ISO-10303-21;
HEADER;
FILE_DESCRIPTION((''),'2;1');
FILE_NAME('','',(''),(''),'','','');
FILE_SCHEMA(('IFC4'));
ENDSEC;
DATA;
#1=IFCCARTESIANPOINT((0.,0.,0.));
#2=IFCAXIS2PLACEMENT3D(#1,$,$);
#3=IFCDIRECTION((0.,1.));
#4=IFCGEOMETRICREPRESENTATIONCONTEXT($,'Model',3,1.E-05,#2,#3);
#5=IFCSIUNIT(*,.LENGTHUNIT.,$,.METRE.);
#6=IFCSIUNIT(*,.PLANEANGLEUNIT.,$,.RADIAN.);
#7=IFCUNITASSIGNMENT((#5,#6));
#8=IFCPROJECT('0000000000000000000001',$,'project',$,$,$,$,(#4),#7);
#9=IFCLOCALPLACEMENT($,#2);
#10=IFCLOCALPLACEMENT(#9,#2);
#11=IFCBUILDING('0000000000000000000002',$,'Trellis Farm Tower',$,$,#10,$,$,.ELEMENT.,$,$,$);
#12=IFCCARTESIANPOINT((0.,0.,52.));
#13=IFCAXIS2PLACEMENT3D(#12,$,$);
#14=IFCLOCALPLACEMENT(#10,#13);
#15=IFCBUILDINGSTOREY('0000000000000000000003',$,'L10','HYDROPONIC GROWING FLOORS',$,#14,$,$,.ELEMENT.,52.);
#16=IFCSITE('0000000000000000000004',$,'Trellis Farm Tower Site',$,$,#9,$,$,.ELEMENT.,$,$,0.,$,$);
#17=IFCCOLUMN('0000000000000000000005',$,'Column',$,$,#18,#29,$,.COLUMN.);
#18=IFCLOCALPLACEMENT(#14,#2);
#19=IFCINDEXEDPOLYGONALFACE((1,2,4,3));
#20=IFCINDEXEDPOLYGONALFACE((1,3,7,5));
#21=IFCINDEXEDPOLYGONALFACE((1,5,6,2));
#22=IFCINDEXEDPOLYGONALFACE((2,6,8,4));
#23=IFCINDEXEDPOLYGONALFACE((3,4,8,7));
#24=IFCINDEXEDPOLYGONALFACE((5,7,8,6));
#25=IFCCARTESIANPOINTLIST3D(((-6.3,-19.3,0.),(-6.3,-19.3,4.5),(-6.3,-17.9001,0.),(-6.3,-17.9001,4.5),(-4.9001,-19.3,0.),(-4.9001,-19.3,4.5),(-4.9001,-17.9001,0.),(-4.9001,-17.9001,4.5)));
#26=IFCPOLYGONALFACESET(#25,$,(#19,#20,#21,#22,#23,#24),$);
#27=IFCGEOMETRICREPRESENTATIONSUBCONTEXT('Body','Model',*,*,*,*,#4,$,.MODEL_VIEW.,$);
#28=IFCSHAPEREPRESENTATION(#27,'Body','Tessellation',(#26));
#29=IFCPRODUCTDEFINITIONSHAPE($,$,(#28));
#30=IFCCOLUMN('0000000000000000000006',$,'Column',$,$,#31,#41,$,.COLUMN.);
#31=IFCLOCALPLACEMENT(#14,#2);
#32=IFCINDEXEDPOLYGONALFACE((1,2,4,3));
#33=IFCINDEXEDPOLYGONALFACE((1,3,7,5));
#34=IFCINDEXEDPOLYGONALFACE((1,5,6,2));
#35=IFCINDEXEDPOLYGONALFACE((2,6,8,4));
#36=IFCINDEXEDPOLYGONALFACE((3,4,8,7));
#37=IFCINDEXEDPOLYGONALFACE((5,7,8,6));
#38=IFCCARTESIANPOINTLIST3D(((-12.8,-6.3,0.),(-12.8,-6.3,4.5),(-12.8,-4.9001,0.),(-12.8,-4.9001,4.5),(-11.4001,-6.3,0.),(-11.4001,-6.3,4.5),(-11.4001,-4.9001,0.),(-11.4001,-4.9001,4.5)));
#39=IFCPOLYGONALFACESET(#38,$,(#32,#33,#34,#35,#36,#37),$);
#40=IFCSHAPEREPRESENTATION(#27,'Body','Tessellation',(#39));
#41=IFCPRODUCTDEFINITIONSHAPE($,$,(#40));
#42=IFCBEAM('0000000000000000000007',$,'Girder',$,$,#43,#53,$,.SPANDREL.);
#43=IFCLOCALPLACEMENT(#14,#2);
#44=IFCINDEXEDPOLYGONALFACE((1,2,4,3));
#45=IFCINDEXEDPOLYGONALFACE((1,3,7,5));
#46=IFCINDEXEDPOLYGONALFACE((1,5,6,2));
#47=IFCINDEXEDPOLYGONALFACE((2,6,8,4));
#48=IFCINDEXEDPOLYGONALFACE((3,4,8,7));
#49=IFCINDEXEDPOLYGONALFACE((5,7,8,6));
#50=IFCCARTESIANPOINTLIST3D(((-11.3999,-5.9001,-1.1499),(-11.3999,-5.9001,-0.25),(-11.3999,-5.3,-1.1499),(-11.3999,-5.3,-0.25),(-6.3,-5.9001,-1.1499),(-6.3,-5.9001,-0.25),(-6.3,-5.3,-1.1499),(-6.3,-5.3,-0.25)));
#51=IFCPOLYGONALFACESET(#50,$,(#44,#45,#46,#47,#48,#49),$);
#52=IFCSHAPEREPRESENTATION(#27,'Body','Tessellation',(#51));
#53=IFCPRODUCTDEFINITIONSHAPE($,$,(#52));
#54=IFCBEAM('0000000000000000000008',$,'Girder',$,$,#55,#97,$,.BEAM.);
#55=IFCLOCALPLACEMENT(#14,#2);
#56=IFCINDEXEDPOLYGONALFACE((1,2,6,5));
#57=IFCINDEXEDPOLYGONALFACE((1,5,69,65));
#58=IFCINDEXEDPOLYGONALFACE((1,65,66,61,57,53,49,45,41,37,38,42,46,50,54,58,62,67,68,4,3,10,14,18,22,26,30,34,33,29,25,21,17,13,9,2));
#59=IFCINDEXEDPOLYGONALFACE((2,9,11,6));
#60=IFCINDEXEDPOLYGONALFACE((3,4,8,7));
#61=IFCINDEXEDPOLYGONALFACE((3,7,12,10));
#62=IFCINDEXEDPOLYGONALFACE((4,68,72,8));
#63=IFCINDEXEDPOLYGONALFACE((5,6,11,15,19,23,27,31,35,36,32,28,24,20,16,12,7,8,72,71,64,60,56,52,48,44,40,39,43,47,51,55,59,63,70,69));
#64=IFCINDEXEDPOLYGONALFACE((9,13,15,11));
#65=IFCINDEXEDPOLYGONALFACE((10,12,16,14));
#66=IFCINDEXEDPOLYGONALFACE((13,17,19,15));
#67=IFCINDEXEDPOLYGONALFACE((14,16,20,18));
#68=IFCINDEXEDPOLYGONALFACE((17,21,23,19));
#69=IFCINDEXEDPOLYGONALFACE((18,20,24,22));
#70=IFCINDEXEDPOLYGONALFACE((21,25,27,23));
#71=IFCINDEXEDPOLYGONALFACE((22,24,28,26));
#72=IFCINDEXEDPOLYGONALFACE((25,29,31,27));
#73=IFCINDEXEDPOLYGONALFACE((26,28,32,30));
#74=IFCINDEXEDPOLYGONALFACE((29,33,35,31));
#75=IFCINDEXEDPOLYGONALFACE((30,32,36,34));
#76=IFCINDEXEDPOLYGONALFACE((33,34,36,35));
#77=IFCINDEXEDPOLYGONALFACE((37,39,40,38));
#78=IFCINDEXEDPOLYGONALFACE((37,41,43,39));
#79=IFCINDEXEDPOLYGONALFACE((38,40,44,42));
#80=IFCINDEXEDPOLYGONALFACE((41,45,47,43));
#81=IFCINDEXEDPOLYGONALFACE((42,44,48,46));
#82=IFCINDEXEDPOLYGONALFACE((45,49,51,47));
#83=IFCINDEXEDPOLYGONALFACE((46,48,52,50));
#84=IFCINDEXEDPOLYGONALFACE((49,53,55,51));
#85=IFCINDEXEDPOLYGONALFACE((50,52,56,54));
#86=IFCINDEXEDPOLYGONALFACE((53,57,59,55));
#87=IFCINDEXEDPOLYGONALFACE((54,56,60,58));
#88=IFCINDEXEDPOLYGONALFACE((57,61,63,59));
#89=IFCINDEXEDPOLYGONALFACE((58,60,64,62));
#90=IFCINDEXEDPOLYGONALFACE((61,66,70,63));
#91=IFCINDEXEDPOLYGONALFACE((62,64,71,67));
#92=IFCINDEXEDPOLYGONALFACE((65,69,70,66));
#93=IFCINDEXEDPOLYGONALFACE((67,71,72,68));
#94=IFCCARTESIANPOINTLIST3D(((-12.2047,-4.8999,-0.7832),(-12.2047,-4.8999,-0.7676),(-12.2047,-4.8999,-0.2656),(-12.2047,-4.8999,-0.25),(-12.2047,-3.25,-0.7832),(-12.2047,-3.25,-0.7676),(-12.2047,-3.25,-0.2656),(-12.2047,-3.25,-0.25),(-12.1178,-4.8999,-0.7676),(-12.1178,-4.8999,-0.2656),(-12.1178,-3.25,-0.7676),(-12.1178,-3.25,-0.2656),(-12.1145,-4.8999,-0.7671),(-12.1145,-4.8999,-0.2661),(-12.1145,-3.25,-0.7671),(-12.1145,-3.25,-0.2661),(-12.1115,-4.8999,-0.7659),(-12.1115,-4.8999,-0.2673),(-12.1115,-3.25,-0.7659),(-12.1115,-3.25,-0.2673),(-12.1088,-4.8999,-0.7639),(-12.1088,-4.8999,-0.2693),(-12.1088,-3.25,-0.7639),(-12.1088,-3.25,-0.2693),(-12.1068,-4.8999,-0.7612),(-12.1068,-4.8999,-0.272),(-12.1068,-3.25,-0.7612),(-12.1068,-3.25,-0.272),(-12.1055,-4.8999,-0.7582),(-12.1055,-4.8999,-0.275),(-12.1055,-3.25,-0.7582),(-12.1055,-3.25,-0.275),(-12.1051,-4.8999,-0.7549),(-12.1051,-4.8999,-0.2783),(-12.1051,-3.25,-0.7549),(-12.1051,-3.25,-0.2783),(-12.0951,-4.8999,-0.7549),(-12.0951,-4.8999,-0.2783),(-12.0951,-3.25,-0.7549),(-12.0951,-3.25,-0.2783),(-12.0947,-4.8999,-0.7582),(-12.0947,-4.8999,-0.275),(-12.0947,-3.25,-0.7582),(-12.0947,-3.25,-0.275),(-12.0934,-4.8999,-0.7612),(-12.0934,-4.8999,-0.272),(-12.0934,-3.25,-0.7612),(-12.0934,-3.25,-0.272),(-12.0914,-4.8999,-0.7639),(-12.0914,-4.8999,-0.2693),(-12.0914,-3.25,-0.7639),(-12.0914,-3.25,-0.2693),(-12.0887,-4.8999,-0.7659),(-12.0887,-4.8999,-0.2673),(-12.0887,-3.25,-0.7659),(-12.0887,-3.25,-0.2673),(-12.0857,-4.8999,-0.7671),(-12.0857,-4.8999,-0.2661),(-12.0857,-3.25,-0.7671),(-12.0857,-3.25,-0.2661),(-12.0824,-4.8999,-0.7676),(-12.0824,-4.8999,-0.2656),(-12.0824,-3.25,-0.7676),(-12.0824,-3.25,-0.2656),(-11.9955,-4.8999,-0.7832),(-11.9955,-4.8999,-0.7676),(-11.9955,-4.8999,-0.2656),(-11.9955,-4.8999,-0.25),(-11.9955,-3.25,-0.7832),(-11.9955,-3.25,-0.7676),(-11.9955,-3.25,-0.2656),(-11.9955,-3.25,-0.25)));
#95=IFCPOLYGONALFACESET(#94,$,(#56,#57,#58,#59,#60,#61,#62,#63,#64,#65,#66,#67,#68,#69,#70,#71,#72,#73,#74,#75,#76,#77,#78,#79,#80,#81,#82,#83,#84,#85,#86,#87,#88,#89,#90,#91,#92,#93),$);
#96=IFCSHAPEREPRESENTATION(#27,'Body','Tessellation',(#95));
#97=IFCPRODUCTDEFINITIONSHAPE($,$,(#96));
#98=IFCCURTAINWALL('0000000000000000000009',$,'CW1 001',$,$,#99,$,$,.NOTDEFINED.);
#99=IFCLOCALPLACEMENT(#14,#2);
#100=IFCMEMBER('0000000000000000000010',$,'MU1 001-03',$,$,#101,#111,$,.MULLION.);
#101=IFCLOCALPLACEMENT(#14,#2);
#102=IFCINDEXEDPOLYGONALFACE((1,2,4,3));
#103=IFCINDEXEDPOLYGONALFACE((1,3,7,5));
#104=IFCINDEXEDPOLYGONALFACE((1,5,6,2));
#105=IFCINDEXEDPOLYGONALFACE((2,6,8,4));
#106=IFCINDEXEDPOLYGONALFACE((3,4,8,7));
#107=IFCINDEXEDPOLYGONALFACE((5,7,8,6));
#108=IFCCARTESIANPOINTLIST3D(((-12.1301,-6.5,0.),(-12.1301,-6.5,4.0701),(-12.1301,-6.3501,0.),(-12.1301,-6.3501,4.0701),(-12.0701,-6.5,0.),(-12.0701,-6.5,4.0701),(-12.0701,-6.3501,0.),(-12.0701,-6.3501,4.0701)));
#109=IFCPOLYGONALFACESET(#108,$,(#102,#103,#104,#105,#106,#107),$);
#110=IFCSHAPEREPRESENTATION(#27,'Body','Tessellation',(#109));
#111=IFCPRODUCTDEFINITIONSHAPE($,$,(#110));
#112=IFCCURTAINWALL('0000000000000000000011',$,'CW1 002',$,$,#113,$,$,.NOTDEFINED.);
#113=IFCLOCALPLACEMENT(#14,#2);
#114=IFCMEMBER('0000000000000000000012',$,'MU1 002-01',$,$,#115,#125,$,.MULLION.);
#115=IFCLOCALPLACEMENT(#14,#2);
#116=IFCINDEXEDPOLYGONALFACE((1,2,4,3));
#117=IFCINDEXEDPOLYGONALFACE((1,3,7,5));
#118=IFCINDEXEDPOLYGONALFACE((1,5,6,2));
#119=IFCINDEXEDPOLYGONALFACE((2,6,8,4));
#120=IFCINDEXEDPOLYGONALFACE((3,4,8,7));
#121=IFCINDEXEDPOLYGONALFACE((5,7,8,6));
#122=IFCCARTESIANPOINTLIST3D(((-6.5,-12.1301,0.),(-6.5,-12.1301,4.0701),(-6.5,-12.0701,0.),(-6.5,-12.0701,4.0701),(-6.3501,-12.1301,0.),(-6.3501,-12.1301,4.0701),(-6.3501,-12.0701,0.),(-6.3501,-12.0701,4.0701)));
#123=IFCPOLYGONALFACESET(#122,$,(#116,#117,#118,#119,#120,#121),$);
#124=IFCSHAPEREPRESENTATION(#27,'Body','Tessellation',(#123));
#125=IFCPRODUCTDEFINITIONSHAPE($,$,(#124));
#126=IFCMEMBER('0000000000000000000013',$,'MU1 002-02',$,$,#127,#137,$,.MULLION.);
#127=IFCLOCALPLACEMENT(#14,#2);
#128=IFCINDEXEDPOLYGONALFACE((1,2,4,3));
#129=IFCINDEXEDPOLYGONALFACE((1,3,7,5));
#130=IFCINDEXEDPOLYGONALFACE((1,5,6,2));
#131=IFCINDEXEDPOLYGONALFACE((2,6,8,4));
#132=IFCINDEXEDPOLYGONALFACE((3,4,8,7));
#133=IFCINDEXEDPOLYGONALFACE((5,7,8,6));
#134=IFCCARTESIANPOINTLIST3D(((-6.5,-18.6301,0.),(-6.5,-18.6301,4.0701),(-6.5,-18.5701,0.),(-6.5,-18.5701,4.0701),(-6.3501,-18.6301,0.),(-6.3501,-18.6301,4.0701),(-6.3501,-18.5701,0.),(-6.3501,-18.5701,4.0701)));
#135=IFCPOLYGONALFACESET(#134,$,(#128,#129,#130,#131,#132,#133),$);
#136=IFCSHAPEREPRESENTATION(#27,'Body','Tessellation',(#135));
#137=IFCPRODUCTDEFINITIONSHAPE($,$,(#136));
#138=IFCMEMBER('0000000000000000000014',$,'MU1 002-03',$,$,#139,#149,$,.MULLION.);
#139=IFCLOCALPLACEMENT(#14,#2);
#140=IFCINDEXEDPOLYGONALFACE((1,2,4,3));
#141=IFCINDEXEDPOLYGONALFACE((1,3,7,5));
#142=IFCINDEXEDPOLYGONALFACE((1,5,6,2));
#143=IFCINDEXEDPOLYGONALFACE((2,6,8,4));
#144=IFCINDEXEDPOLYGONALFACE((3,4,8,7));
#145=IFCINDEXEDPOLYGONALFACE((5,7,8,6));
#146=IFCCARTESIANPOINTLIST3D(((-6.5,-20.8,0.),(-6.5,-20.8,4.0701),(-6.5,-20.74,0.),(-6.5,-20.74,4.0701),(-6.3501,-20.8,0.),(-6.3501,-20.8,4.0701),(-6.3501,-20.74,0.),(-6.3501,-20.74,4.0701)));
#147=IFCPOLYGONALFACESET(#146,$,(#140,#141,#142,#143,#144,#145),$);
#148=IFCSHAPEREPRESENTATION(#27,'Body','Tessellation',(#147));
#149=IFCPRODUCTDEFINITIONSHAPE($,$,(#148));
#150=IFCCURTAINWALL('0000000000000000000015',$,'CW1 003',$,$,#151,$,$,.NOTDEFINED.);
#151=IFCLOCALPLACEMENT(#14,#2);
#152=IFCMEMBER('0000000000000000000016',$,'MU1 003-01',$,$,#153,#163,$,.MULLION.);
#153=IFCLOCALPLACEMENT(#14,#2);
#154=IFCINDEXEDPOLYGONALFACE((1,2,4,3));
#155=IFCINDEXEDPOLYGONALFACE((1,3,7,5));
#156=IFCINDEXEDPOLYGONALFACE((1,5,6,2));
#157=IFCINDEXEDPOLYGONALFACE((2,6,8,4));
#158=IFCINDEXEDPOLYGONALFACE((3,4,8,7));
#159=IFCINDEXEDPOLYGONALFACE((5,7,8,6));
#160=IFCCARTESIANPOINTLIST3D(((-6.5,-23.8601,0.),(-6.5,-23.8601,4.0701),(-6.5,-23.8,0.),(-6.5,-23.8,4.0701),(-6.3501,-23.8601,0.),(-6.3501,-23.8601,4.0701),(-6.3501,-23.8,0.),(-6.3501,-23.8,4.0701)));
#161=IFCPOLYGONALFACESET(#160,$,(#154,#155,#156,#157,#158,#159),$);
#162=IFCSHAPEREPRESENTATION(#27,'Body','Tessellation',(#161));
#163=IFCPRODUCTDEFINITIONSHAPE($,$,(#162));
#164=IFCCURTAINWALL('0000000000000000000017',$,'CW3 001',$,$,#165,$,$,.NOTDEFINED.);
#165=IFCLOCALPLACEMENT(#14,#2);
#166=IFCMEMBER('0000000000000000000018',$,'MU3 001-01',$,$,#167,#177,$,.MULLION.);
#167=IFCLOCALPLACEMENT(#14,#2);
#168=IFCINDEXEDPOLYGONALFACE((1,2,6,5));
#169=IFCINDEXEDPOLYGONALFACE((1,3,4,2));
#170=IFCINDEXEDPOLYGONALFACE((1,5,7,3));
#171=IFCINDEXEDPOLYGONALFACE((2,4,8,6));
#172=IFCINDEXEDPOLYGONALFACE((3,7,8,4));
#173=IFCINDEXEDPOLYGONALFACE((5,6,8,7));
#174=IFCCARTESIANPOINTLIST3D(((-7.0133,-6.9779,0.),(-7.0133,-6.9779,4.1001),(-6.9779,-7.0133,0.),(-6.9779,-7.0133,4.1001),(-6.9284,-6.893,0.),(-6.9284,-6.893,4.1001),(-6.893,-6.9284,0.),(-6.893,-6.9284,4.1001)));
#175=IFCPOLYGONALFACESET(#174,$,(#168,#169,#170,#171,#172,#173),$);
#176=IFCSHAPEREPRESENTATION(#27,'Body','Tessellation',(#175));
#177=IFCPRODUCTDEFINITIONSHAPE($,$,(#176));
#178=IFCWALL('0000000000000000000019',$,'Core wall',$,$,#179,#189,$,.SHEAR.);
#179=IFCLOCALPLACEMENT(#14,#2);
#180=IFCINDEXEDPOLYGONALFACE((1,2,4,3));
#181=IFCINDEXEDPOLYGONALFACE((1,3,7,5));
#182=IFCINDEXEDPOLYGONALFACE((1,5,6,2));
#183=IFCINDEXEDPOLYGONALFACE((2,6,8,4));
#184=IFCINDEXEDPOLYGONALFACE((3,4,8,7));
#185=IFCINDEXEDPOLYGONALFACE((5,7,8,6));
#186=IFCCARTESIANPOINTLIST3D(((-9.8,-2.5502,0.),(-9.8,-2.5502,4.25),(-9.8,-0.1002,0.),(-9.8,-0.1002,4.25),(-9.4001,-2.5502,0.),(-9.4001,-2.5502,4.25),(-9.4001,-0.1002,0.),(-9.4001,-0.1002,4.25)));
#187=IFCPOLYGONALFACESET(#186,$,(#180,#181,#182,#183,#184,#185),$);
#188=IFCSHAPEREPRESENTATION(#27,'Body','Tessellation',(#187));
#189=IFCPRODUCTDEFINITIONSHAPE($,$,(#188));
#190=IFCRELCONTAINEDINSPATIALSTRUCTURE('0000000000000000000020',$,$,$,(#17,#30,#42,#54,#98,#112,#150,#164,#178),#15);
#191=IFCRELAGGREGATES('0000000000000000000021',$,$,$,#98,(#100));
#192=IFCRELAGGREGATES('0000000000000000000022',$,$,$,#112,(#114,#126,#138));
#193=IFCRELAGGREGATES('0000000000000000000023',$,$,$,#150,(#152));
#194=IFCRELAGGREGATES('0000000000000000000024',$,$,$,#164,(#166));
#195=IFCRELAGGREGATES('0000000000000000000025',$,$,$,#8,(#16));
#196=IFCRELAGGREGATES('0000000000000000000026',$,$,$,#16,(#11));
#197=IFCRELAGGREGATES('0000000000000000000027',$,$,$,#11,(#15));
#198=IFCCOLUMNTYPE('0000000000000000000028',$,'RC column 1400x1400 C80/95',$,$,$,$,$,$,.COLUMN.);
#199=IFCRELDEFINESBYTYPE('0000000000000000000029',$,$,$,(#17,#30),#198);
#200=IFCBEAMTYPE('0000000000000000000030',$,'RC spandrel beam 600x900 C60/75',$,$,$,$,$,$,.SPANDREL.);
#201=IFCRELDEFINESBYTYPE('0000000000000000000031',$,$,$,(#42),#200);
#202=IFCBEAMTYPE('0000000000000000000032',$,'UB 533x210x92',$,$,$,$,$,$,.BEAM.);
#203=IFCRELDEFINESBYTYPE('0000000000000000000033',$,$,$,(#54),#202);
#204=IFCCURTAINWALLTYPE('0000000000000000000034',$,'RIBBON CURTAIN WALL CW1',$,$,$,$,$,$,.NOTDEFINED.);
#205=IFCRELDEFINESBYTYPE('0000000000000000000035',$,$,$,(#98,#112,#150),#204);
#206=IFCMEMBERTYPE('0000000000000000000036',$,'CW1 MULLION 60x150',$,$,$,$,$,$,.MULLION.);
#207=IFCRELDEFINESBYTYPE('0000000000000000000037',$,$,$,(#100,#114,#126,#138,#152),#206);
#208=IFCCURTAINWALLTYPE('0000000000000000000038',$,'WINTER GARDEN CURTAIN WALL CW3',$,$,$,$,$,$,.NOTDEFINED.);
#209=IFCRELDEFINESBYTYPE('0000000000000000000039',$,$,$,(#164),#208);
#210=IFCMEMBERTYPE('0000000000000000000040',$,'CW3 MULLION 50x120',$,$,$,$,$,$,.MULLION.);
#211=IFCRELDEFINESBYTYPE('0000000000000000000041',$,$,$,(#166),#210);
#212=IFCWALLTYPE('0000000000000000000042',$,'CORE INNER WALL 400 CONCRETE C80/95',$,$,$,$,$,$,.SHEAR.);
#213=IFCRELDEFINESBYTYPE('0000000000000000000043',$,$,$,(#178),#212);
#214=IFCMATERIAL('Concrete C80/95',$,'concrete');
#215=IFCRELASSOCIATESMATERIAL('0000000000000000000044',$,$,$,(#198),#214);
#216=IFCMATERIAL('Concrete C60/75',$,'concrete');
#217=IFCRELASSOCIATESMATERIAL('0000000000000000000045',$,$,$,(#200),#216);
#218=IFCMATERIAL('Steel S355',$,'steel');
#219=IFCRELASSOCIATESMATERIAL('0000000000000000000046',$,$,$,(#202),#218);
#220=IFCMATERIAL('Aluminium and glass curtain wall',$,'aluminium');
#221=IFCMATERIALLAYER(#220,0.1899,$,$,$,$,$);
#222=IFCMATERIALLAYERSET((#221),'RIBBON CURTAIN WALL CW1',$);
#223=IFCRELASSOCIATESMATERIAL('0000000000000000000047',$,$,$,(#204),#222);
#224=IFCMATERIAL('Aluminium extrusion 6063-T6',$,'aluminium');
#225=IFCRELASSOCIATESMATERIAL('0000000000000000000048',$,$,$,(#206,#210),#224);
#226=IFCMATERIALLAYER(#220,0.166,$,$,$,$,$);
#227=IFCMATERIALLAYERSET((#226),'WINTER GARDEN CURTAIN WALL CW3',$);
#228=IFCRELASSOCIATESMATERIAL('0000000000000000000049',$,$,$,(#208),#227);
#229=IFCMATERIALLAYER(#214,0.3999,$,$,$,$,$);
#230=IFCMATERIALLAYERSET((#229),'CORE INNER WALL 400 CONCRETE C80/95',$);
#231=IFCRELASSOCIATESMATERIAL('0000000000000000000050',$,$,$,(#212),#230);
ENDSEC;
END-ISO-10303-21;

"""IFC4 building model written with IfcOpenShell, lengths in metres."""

from ifc_helpers import new_model, si_unit, direction, frame, frame_2d, origin, origin_2d, place, context, subcontext, project, spatial, rectangle, i_section, extrude, source, transform, mapped, material, layer, layer_set, material_profile, profile_set, type_object, element, aggregate, save


model = new_model("IFC4")

# Units and contexts
model_context = context("Model", 3, precision=1e-05, world=origin(), true_north=direction((0.0, 1.0)))
body_context = subcontext(model_context, "Body", "Model", "MODEL_VIEW")
ifc_project = project(units=[si_unit("LENGTHUNIT", "METRE"), si_unit("PLANEANGLEUNIT", "RADIAN")], contexts=[model_context])

# Site, building, storey
site_placement = place(None, origin())
site = spatial("IfcSite", under=ifc_project, at=site_placement, Name="Trellis Farm Tower Site", CompositionType="ELEMENT", RefElevation=0.0)
building_placement = place(site_placement, origin())
building = spatial("IfcBuilding", under=site, at=building_placement, Name="Trellis Farm Tower", CompositionType="ELEMENT")
storey_placement = place(building_placement, frame((0.0, 0.0, 52.0)))
storey = spatial("IfcBuildingStorey", under=building, at=storey_placement, Name="L10", Description="HYDROPONIC GROWING FLOORS", CompositionType="ELEMENT", Elevation=52.0)

# Columns
ifc_material_1 = material(Name="Concrete C80/95", Category="concrete")
ifc_material_profile_1 = material_profile(ifc_material_1, rectangle(XDim=1.3999, YDim=1.3999, at=origin_2d()), Name="RC column 1400x1400 C80/95")
ifc_profile_set_1 = profile_set([ifc_material_profile_1], Name="Concrete C80/95")
column_type = type_object("IfcColumnType", Name="RC column 1400x1400 C80/95", PredefinedType="COLUMN", material=ifc_profile_set_1)
shared_shape_1 = source(origin(), body_context, "Body", "SweptSolid", [
    extrude(rectangle(XDim=1.3999, YDim=1.3999, at=origin_2d()), origin(), (0.0, 0.0, 1.0), 4.5),
])
for number, where, z_axis, x_axis, name in (
    (1, (-5.6001, -18.6001, 0.0), (0.0, 0.0, 1.0), (1.0, 0.0, 0.0), "Column"),
    (2, (-12.1001, -5.6001, 0.0), (0.0, 0.0, 1.0), (1.0, 0.0, 0.0), "Column"),
):
    element("IfcColumn", number, at=place(storey_placement, frame(where, z_axis=z_axis, x_axis=x_axis)), inside=storey, type_object=column_type, Name=name, PredefinedType="COLUMN", context=body_context, shape_type="MappedRepresentation", body=[
        mapped(shared_shape_1, transform((0.0, 0.0, 0.0))),
    ])

# Beams
ifc_material_2 = material(Name="Concrete C60/75", Category="concrete")
ifc_material_profile_2 = material_profile(ifc_material_2, rectangle(XDim=0.6001, YDim=0.8999, at=origin_2d()), Name="RC spandrel beam 600x900 C60/75")
ifc_profile_set_2 = profile_set([ifc_material_profile_2], Name="Concrete C60/75")
beam_type_1 = type_object("IfcBeamType", Name="RC spandrel beam 600x900 C60/75", PredefinedType="SPANDREL", material=ifc_profile_set_2)
shared_shape_2 = source(origin(), body_context, "Body", "SweptSolid", [
    extrude(rectangle(XDim=0.6001, YDim=0.8999, at=origin_2d()), origin(), (0.0, 0.0, 1.0), 5.0999),
])
beam_1_placement = place(storey_placement, frame((-11.3999, -5.6001, -0.7), z_axis=(1.0, 0.0, 0.0), x_axis=(0.0, 1.0, 0.0)))
element("IfcBeam", 3, at=beam_1_placement, inside=storey, type_object=beam_type_1, Name="Girder", PredefinedType="SPANDREL", context=body_context, shape_type="MappedRepresentation", body=[
    mapped(shared_shape_2, transform((0.0, 0.0, 0.0))),
])
ifc_material_3 = material(Name="Steel S355", Category="steel")
ifc_material_profile_3 = material_profile(ifc_material_3, i_section(OverallWidth=0.2092, OverallDepth=0.5332, WebThickness=0.01, FlangeThickness=0.0156, FilletRadius=0.0127, at=origin_2d()), Name="UB 533x210x92")
ifc_profile_set_3 = profile_set([ifc_material_profile_3], Name="Steel S355")
beam_type_2 = type_object("IfcBeamType", Name="UB 533x210x92", PredefinedType="BEAM", material=ifc_profile_set_3)
shared_shape_3 = source(origin(), body_context, "Body", "SweptSolid", [
    extrude(i_section(OverallWidth=0.2092, OverallDepth=0.5332, WebThickness=0.01, FlangeThickness=0.0156, FilletRadius=0.0127, at=origin_2d()), origin(), (0.0, 0.0, 1.0), 1.6499),
])
beam_2_placement = place(storey_placement, frame((-12.1001, -4.8999, -0.5166), z_axis=(0.0, 1.0, 0.0), x_axis=(-1.0, 0.0, 0.0)))
element("IfcBeam", 4, at=beam_2_placement, inside=storey, type_object=beam_type_2, Name="Girder", PredefinedType="BEAM", context=body_context, shape_type="MappedRepresentation", body=[
    mapped(shared_shape_3, transform((0.0, 0.0, 0.0))),
])

# Curtain wall, member
ifc_material_4 = material(Name="Aluminium and glass curtain wall", Category="aluminium")
ifc_layer_1 = layer(ifc_material_4, 0.1899)
ifc_layer_set_1 = layer_set([ifc_layer_1], Name="RIBBON CURTAIN WALL CW1")
curtain_wall_type_1 = type_object("IfcCurtainWallType", Name="RIBBON CURTAIN WALL CW1", PredefinedType="NOTDEFINED", material=ifc_layer_set_1)
placement = place(storey_placement, origin())
curtain_wall_1 = element("IfcCurtainWall", 5, at=placement, inside=storey, type_object=curtain_wall_type_1, Name="CW1 001", PredefinedType="NOTDEFINED")
ifc_material_5 = material(Name="Aluminium extrusion 6063-T6", Category="aluminium")
ifc_material_profile_4 = material_profile(ifc_material_5, rectangle(XDim=0.0601, YDim=0.1499, at=origin_2d()), Name="MULLION 60x150")
ifc_profile_set_4 = profile_set([ifc_material_profile_4], Name="Aluminium extrusion 6063-T6")
member_type_1 = type_object("IfcMemberType", Name="CW1 MULLION 60x150", PredefinedType="MULLION", material=ifc_profile_set_4)
shared_shape_4 = source(origin(), body_context, "Body", "SweptSolid", [
    extrude(rectangle(XDim=0.0601, YDim=0.1499, at=origin_2d()), origin(), (0.0, 0.0, 1.0), 4.0701),
])
member_1_placement = place(storey_placement, frame((-12.1001, -6.425, 0.0), z_axis=(0.0, 0.0, 1.0), x_axis=(1.0, 0.0, 0.0)))
member_1 = element("IfcMember", 6, at=member_1_placement, type_object=member_type_1, Name="MU1 001-03", PredefinedType="MULLION", context=body_context, shape_type="MappedRepresentation", body=[
    mapped(shared_shape_4, transform((0.0, 0.0, 0.0))),
])
aggregate(curtain_wall_1, [member_1])

# Curtain wall, members
curtain_wall_2 = element("IfcCurtainWall", 7, at=placement, inside=storey, type_object=curtain_wall_type_1, Name="CW1 002", PredefinedType="NOTDEFINED")
member_2_placement = place(storey_placement, frame((-6.425, -12.1001, 0.0), z_axis=(0.0, 0.0, 1.0), x_axis=(0.0, -1.0, 0.0)))
member_2 = element("IfcMember", 8, at=member_2_placement, type_object=member_type_1, Name="MU1 002-01", PredefinedType="MULLION", context=body_context, shape_type="MappedRepresentation", body=[
    mapped(shared_shape_4, transform((0.0, 0.0, 0.0))),
])
member_3_placement = place(storey_placement, frame((-6.425, -18.6001, 0.0), z_axis=(0.0, 0.0, 1.0), x_axis=(0.0, -1.0, 0.0)))
member_3 = element("IfcMember", 9, at=member_3_placement, type_object=member_type_1, Name="MU1 002-02", PredefinedType="MULLION", context=body_context, shape_type="MappedRepresentation", body=[
    mapped(shared_shape_4, transform((0.0, 0.0, 0.0))),
])
member_4_placement = place(storey_placement, frame((-6.425, -20.77, 0.0), z_axis=(0.0, 0.0, 1.0), x_axis=(0.0, -1.0, 0.0)))
member_4 = element("IfcMember", 10, at=member_4_placement, type_object=member_type_1, Name="MU1 002-03", PredefinedType="MULLION", context=body_context, shape_type="MappedRepresentation", body=[
    mapped(shared_shape_4, transform((0.0, 0.0, 0.0))),
])
aggregate(curtain_wall_2, [member_2, member_3, member_4])

# Curtain walls, members
curtain_wall_3 = element("IfcCurtainWall", 11, at=placement, inside=storey, type_object=curtain_wall_type_1, Name="CW1 003", PredefinedType="NOTDEFINED")
member_5_placement = place(storey_placement, frame((-6.425, -23.8301, 0.0), z_axis=(0.0, 0.0, 1.0), x_axis=(0.0, -1.0, 0.0)))
member_5 = element("IfcMember", 12, at=member_5_placement, type_object=member_type_1, Name="MU1 003-01", PredefinedType="MULLION", context=body_context, shape_type="MappedRepresentation", body=[
    mapped(shared_shape_4, transform((0.0, 0.0, 0.0))),
])
aggregate(curtain_wall_3, [member_5])
ifc_layer_2 = layer(ifc_material_4, 0.166)
ifc_layer_set_2 = layer_set([ifc_layer_2], Name="WINTER GARDEN CURTAIN WALL CW3")
curtain_wall_type_2 = type_object("IfcCurtainWallType", Name="WINTER GARDEN CURTAIN WALL CW3", PredefinedType="NOTDEFINED", material=ifc_layer_set_2)
curtain_wall_4 = element("IfcCurtainWall", 13, at=placement, inside=storey, type_object=curtain_wall_type_2, Name="CW3 001", PredefinedType="NOTDEFINED")
ifc_material_profile_5 = material_profile(ifc_material_5, rectangle(XDim=0.05, YDim=0.1201, at=origin_2d()), Name="MULLION 50x120")
ifc_profile_set_5 = profile_set([ifc_material_profile_5], Name="Aluminium extrusion 6063-T6")
member_type_2 = type_object("IfcMemberType", Name="CW3 MULLION 50x120", PredefinedType="MULLION", material=ifc_profile_set_5)
shared_shape_5 = source(origin(), body_context, "Body", "SweptSolid", [
    extrude(rectangle(XDim=0.05, YDim=0.1201, at=origin_2d()), origin(), (0.0, 0.0, 1.0), 4.1001),
])
member_6_placement = place(storey_placement, frame((-6.9531, -6.9531, 0.0), z_axis=(0.0, 0.0, 1.0), x_axis=(0.707107, -0.707107, 0.0)))
member_6 = element("IfcMember", 14, at=member_6_placement, type_object=member_type_2, Name="MU3 001-01", PredefinedType="MULLION", context=body_context, shape_type="MappedRepresentation", body=[
    mapped(shared_shape_5, transform((0.0, 0.0, 0.0))),
])
aggregate(curtain_wall_4, [member_6])

# Wall
ifc_layer_3 = layer(ifc_material_1, 0.3999)
ifc_layer_set_3 = layer_set([ifc_layer_3], Name="CORE INNER WALL 400 CONCRETE C80/95")
wall_type_1 = type_object("IfcWallType", Name="CORE INNER WALL 400 CONCRETE C80/95", PredefinedType="SHEAR", material=ifc_layer_set_3)
shared_shape_6 = source(origin(), body_context, "Body", "SweptSolid", [
    extrude(rectangle(XDim=2.45, YDim=0.3999, at=frame_2d((1.2251, 0.0))), origin(), (0.0, 0.0, 1.0), 4.25),
])
for number, where, z_axis, x_axis, name in (
    (15, (-9.6001, -0.1001, 0.0), (0.0, 0.0, 1.0), (0.0, -1.0, 0.0), "Core wall"),
):
    element("IfcWall", number, at=place(storey_placement, frame(where, z_axis=z_axis, x_axis=x_axis)), inside=storey, type_object=wall_type_1, Name=name, PredefinedType="SHEAR", context=body_context, shape_type="MappedRepresentation", body=[
        mapped(shared_shape_6, transform((0.0, 0.0, 0.0))),
    ])

save(model, "model.ifc")
